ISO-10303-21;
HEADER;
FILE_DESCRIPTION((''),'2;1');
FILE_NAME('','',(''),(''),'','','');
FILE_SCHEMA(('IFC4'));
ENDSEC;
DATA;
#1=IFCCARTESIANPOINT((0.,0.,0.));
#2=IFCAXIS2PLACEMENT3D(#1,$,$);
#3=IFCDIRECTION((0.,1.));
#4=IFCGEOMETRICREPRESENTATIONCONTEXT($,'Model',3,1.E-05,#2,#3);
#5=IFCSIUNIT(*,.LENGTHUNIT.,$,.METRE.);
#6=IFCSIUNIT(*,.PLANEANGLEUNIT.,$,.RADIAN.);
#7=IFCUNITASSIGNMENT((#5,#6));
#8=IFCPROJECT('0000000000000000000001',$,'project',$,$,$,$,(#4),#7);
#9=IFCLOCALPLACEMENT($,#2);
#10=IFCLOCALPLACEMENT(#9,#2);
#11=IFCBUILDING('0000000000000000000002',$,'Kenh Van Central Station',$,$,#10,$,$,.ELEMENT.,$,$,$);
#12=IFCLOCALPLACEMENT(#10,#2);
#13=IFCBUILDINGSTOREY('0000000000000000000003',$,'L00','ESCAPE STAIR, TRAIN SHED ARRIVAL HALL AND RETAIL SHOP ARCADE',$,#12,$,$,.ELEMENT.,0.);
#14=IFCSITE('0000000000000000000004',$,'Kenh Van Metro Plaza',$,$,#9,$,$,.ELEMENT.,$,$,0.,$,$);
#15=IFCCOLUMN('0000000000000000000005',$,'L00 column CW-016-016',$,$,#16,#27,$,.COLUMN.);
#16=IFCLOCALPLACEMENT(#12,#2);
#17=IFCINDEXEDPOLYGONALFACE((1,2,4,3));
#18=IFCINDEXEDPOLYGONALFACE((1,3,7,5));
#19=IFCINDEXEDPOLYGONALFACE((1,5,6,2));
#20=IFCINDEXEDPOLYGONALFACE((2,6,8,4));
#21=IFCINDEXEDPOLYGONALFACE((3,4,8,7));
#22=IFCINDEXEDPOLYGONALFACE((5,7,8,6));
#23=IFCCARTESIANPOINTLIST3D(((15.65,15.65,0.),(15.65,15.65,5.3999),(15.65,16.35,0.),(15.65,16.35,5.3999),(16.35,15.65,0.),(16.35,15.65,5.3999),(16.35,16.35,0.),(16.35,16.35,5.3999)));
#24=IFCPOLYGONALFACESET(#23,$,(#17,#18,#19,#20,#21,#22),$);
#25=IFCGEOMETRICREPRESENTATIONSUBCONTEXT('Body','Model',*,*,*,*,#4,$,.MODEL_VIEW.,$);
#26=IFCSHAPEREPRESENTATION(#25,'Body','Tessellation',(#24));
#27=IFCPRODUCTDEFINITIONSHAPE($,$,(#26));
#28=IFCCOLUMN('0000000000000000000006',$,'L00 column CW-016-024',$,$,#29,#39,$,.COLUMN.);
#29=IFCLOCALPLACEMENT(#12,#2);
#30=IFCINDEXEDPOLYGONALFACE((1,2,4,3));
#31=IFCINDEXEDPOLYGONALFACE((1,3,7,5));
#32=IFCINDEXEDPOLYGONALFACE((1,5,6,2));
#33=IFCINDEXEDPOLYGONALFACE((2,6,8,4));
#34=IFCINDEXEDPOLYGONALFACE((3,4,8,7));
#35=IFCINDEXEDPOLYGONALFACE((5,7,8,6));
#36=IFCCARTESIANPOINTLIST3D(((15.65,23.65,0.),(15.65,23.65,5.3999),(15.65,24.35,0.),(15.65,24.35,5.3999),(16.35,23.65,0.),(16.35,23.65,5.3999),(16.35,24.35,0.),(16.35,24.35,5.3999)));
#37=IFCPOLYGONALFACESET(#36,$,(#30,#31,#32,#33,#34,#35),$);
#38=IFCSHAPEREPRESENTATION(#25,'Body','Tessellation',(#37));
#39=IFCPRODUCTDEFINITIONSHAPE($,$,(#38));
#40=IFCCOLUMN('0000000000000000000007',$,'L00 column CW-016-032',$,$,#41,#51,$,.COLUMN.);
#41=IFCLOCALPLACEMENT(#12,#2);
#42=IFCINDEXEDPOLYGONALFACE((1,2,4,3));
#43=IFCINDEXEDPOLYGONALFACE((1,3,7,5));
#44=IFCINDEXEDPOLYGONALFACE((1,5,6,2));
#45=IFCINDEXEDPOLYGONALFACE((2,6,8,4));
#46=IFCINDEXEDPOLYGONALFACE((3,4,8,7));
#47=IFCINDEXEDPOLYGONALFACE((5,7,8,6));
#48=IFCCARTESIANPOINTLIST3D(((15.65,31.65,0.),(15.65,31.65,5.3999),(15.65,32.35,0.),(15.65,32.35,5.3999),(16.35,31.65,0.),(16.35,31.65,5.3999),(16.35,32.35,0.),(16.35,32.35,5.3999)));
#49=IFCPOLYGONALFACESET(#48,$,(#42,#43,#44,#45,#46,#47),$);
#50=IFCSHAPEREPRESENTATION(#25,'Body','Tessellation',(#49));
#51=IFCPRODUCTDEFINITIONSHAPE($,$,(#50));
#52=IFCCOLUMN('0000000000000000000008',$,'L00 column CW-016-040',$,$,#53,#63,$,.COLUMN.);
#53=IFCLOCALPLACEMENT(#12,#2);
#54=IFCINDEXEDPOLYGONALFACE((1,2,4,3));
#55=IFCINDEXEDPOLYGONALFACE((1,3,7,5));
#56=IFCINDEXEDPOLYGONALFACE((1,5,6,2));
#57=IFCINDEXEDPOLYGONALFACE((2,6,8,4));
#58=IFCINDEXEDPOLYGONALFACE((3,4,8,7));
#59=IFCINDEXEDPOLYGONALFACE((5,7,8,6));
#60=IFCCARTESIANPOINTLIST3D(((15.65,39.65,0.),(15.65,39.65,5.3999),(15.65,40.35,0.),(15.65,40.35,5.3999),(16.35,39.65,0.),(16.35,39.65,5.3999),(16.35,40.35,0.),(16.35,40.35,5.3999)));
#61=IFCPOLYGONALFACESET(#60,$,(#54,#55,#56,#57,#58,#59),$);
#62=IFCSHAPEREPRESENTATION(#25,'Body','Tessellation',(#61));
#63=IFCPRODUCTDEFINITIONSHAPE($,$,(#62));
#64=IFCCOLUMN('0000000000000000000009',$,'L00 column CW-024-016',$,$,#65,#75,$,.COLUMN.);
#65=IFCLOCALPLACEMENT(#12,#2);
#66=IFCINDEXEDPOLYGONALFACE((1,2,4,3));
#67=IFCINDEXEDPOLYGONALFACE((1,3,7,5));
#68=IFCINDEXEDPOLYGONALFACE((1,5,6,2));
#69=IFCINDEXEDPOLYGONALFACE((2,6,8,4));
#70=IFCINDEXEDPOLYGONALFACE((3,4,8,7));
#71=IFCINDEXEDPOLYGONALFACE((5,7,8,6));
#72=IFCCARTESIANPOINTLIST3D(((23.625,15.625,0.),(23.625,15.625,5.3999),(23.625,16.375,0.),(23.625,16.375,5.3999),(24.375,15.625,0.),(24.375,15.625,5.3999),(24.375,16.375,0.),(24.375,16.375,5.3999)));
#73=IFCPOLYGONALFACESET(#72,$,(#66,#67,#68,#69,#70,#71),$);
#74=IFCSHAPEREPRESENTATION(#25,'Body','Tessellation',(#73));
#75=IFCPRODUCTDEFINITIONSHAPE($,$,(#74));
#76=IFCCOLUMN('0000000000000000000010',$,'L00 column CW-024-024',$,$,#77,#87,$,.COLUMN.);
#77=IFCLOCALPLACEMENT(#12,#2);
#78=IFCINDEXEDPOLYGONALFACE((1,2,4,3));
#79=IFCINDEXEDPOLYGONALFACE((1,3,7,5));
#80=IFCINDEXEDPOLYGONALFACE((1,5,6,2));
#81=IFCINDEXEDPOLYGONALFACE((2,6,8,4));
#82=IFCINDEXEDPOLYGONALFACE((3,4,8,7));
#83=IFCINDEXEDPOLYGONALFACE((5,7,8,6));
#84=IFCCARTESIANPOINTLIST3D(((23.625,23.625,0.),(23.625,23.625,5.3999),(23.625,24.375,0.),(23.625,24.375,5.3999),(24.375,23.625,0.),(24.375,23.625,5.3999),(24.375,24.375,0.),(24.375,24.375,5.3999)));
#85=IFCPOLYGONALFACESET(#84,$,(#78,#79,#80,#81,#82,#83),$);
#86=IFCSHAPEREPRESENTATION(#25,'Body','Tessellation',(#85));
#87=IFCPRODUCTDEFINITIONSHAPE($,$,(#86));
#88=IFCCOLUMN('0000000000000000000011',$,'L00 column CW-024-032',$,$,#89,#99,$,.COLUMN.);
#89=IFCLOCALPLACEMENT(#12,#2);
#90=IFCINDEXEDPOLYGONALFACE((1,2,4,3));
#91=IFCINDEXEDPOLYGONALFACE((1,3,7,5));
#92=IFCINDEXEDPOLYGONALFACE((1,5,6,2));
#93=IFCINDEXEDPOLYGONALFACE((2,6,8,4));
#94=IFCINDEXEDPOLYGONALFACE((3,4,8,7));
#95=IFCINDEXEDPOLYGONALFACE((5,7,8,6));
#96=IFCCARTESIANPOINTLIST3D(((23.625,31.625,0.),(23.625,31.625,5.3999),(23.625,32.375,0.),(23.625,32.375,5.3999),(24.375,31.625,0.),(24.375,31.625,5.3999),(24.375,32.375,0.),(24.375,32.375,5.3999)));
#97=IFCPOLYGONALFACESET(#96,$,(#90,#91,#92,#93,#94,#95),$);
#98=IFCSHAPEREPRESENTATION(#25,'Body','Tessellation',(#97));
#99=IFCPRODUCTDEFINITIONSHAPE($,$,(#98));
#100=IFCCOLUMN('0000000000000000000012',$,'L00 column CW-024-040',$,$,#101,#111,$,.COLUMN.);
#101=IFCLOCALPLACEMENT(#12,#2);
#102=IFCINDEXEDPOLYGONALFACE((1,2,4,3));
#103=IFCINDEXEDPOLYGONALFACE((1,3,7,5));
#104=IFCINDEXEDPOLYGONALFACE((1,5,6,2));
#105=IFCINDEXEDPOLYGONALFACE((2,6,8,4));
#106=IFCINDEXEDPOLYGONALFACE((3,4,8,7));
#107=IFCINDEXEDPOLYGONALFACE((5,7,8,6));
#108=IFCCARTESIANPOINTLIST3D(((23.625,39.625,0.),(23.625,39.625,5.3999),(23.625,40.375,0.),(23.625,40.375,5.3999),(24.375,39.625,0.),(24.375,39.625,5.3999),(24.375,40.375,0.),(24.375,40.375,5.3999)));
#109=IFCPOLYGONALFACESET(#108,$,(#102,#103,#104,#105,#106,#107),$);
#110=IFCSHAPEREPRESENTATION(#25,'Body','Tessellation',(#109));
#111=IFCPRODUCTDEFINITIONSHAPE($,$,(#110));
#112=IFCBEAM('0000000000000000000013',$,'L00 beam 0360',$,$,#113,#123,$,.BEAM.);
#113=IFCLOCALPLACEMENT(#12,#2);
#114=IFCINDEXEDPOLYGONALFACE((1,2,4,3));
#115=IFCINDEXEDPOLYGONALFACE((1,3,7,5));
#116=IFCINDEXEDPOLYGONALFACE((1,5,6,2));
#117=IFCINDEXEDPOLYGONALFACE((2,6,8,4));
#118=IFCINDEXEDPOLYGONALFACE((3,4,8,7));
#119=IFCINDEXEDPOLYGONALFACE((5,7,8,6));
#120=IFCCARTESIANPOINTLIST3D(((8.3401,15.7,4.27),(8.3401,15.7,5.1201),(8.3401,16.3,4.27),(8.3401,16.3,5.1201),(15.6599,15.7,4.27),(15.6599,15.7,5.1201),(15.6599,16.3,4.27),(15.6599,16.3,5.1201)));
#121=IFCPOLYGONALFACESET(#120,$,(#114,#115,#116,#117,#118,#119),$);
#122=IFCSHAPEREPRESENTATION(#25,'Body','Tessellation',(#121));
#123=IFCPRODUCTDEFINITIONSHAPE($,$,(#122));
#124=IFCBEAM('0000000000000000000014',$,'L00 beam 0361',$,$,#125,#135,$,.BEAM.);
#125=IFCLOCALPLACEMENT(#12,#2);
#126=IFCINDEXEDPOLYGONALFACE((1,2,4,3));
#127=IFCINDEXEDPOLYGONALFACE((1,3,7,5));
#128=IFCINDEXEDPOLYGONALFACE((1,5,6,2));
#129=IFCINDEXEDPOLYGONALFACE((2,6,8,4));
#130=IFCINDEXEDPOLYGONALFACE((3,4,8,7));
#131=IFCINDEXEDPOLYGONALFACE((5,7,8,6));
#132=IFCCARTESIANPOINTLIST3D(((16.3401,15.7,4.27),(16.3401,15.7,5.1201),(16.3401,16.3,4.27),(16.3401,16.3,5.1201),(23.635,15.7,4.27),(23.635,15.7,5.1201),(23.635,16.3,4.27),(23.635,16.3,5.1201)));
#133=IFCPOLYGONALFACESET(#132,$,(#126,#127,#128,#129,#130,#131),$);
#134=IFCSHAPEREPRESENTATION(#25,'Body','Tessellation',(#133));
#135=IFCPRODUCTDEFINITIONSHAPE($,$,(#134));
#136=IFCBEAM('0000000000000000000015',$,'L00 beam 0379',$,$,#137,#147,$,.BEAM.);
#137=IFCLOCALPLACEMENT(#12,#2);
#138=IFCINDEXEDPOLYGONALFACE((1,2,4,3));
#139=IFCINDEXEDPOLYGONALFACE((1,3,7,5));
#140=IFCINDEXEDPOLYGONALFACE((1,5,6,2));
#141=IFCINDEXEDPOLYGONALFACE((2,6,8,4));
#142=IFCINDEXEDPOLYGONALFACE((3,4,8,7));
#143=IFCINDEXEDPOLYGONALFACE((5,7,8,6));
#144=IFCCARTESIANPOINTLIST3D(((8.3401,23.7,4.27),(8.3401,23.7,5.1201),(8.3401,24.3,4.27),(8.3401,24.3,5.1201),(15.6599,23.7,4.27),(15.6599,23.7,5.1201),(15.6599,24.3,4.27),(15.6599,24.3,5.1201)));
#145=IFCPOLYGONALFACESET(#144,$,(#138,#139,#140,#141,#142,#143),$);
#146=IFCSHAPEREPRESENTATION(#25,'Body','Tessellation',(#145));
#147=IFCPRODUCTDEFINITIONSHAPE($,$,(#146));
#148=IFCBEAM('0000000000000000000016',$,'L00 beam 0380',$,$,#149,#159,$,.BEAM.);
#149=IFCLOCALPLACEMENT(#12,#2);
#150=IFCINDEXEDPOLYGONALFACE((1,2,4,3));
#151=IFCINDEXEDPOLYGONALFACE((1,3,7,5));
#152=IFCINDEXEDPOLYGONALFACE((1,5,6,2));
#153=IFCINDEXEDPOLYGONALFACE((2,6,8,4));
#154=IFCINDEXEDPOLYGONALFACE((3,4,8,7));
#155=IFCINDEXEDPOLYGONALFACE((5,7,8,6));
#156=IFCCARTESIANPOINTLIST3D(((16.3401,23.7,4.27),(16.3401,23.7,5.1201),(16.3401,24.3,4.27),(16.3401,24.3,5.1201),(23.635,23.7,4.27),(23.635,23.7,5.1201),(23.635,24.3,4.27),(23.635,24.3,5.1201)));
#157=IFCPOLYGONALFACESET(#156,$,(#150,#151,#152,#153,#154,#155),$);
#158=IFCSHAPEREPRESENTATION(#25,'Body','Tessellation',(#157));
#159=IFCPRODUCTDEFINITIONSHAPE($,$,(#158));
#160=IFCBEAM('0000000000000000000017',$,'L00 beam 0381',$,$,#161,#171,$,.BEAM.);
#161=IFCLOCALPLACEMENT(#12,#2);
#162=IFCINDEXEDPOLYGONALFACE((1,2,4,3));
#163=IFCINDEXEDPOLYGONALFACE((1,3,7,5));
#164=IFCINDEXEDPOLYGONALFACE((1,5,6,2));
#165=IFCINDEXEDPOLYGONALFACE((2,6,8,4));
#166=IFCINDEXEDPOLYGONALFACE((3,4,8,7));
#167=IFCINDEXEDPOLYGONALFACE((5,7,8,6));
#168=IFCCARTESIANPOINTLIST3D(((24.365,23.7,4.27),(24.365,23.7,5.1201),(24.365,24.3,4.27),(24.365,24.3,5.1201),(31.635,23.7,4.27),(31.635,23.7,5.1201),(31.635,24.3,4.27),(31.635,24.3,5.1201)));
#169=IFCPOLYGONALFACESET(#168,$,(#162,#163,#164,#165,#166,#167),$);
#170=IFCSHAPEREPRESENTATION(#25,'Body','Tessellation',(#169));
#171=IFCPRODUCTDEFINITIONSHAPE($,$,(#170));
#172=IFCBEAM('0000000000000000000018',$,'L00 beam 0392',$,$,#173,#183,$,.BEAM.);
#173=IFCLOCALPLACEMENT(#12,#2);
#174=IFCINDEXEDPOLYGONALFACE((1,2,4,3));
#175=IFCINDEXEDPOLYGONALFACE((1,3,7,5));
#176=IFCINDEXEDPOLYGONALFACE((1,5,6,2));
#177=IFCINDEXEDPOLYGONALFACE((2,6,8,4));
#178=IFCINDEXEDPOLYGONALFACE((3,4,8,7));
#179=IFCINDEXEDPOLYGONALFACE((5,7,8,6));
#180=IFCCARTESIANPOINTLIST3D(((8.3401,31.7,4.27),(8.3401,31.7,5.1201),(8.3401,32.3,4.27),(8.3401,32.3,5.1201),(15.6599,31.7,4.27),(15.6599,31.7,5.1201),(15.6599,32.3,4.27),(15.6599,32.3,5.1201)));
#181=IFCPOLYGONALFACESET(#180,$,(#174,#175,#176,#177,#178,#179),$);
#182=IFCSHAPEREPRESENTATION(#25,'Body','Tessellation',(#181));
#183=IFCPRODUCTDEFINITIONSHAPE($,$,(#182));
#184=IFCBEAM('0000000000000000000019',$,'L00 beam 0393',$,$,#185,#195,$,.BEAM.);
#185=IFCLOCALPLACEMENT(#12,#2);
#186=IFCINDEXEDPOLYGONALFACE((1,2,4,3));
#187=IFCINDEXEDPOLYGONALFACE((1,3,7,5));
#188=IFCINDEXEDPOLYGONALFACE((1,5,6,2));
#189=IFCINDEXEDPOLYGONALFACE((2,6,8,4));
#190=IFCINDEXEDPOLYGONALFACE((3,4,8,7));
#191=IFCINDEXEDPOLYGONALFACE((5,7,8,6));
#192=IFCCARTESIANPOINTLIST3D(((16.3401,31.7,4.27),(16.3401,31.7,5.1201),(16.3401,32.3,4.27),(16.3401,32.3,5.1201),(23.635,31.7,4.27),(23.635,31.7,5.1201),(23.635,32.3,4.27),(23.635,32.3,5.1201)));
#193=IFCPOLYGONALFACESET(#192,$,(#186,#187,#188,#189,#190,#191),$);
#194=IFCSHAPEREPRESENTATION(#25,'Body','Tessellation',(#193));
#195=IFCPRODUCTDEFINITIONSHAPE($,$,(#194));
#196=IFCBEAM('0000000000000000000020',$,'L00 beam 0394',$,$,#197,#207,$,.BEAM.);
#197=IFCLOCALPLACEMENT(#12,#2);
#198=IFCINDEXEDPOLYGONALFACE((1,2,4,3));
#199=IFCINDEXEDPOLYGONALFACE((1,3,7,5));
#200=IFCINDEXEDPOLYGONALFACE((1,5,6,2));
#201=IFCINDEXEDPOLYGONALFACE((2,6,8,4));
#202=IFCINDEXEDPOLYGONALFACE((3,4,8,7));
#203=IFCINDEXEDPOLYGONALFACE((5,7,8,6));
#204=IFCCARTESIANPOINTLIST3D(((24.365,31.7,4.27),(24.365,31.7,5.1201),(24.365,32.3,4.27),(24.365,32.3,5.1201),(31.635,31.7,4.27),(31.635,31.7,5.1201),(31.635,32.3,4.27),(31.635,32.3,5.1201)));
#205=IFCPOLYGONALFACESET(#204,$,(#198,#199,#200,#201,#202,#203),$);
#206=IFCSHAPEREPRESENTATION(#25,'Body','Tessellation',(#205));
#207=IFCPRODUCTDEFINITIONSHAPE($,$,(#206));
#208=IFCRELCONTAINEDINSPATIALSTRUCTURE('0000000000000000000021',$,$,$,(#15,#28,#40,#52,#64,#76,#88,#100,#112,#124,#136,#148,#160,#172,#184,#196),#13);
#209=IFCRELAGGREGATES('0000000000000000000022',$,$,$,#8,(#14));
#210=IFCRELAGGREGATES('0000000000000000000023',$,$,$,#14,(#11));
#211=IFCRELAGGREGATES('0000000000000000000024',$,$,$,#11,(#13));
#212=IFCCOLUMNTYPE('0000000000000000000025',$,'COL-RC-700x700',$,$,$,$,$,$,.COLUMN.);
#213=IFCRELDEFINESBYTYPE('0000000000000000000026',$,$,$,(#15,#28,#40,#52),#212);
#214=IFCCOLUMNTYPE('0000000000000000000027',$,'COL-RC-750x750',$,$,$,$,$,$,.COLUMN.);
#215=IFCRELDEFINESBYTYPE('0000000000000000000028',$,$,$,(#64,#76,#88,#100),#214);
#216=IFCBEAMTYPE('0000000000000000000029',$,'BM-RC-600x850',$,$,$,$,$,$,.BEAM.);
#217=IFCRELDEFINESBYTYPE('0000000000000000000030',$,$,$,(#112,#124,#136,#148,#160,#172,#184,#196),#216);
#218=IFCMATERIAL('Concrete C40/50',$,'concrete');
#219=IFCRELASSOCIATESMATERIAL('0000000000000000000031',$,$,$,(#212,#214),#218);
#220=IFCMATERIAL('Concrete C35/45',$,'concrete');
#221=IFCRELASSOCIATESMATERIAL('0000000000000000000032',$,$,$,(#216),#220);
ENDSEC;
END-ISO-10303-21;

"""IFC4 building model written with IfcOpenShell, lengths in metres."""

from ifc_helpers import new_model, si_unit, direction, frame, origin, origin_2d, place, context, subcontext, project, spatial, rectangle, extrude, material, material_profile, profile_set, type_object, element, save


model = new_model("IFC4")

# Units and contexts
model_context = context("Model", 3, precision=1e-05, world=origin(), true_north=direction((0.0, 1.0)))
body_context = subcontext(model_context, "Body", "Model", "MODEL_VIEW")
ifc_project = project(units=[si_unit("LENGTHUNIT", "METRE"), si_unit("PLANEANGLEUNIT", "RADIAN")], contexts=[model_context])

# Site, building, storey
site_placement = place(None, origin())
site = spatial("IfcSite", under=ifc_project, at=site_placement, Name="Kenh Van Metro Plaza", CompositionType="ELEMENT", RefElevation=0.0)
building_placement = place(site_placement, origin())
building = spatial("IfcBuilding", under=site, at=building_placement, Name="Kenh Van Central Station", CompositionType="ELEMENT")
storey_placement = place(building_placement, origin())
storey = spatial("IfcBuildingStorey", under=building, at=storey_placement, Name="L00", Description="ESCAPE STAIR, TRAIN SHED ARRIVAL HALL AND RETAIL SHOP ARCADE", CompositionType="ELEMENT", Elevation=0.0)

# Columns
ifc_material_1 = material(Name="Concrete C40/50", Category="concrete")
ifc_material_profile_1 = material_profile(ifc_material_1, rectangle(XDim=0.7, YDim=0.7, at=origin_2d()), Name="RC 700x700")
ifc_profile_set_1 = profile_set([ifc_material_profile_1], Name="Concrete C40/50")
column_type_1 = type_object("IfcColumnType", Name="COL-RC-700x700", PredefinedType="COLUMN", material=ifc_profile_set_1)
for number, where, z_axis, x_axis, name in (
    (1, (16.0, 16.0, 0.0), (0.0, 0.0, 1.0), (1.0, 0.0, 0.0), "L00 column CW-016-016"),
    (2, (16.0, 24.0, 0.0), (0.0, 0.0, 1.0), (1.0, 0.0, 0.0), "L00 column CW-016-024"),
    (3, (16.0, 32.0, 0.0), (0.0, 0.0, 1.0), (1.0, 0.0, 0.0), "L00 column CW-016-032"),
    (4, (16.0, 40.0, 0.0), (0.0, 0.0, 1.0), (1.0, 0.0, 0.0), "L00 column CW-016-040"),
):
    element("IfcColumn", number, at=place(storey_placement, frame(where, z_axis=z_axis, x_axis=x_axis)), inside=storey, type_object=column_type_1, Name=name, PredefinedType="COLUMN", context=body_context, shape_type="SweptSolid", body=[
        extrude(rectangle(XDim=0.7, YDim=0.7, at=origin_2d()), origin(), (0.0, 0.0, 1.0), 5.3999),
    ])
ifc_material_profile_2 = material_profile(ifc_material_1, rectangle(XDim=0.75, YDim=0.75, at=origin_2d()), Name="RC 750x750")
ifc_profile_set_2 = profile_set([ifc_material_profile_2], Name="Concrete C40/50")
column_type_2 = type_object("IfcColumnType", Name="COL-RC-750x750", PredefinedType="COLUMN", material=ifc_profile_set_2)
for number, where, z_axis, x_axis, name in (
    (5, (24.0, 16.0, 0.0), (0.0, 0.0, 1.0), (1.0, 0.0, 0.0), "L00 column CW-024-016"),
    (6, (24.0, 24.0, 0.0), (0.0, 0.0, 1.0), (1.0, 0.0, 0.0), "L00 column CW-024-024"),
    (7, (24.0, 32.0, 0.0), (0.0, 0.0, 1.0), (1.0, 0.0, 0.0), "L00 column CW-024-032"),
    (8, (24.0, 40.0, 0.0), (0.0, 0.0, 1.0), (1.0, 0.0, 0.0), "L00 column CW-024-040"),
):
    element("IfcColumn", number, at=place(storey_placement, frame(where, z_axis=z_axis, x_axis=x_axis)), inside=storey, type_object=column_type_2, Name=name, PredefinedType="COLUMN", context=body_context, shape_type="SweptSolid", body=[
        extrude(rectangle(XDim=0.75, YDim=0.75, at=origin_2d()), origin(), (0.0, 0.0, 1.0), 5.3999),
    ])

# Beams
ifc_material_2 = material(Name="Concrete C35/45", Category="concrete")
ifc_material_profile_3 = material_profile(ifc_material_2, rectangle(XDim=0.6001, YDim=0.8501, at=origin_2d()), Name="RC 600x850")
ifc_profile_set_3 = profile_set([ifc_material_profile_3], Name="Concrete C35/45")
beam_type_1 = type_object("IfcBeamType", Name="BM-RC-600x850", PredefinedType="BEAM", material=ifc_profile_set_3)
beam_1_placement = place(storey_placement, frame((8.3401, 16.0, 4.6951), z_axis=(1.0, 0.0, 0.0), x_axis=(0.0, 1.0, 0.0)))
element("IfcBeam", 9, at=beam_1_placement, inside=storey, type_object=beam_type_1, Name="L00 beam 0360", PredefinedType="BEAM", context=body_context, shape_type="SweptSolid", body=[
    extrude(rectangle(XDim=0.6001, YDim=0.8501, at=origin_2d()), origin(), (0.0, 0.0, 1.0), 7.3198),
])
beam_2_placement = place(storey_placement, frame((16.3401, 16.0, 4.6951), z_axis=(1.0, 0.0, 0.0), x_axis=(0.0, 1.0, 0.0)))
element("IfcBeam", 10, at=beam_2_placement, inside=storey, type_object=beam_type_1, Name="L00 beam 0361", PredefinedType="BEAM", context=body_context, shape_type="SweptSolid", body=[
    extrude(rectangle(XDim=0.6001, YDim=0.8501, at=origin_2d()), origin(), (0.0, 0.0, 1.0), 7.2949),
])
beam_3_placement = place(storey_placement, frame((8.3401, 24.0, 4.6951), z_axis=(1.0, 0.0, 0.0), x_axis=(0.0, 1.0, 0.0)))
element("IfcBeam", 11, at=beam_3_placement, inside=storey, type_object=beam_type_1, Name="L00 beam 0379", PredefinedType="BEAM", context=body_context, shape_type="SweptSolid", body=[
    extrude(rectangle(XDim=0.6001, YDim=0.8501, at=origin_2d()), origin(), (0.0, 0.0, 1.0), 7.3198),
])
beam_4_placement = place(storey_placement, frame((16.3401, 24.0, 4.6951), z_axis=(1.0, 0.0, 0.0), x_axis=(0.0, 1.0, 0.0)))
element("IfcBeam", 12, at=beam_4_placement, inside=storey, type_object=beam_type_1, Name="L00 beam 0380", PredefinedType="BEAM", context=body_context, shape_type="SweptSolid", body=[
    extrude(rectangle(XDim=0.6001, YDim=0.8501, at=origin_2d()), origin(), (0.0, 0.0, 1.0), 7.2949),
])
beam_5_placement = place(storey_placement, frame((24.365, 24.0, 4.6951), z_axis=(1.0, 0.0, 0.0), x_axis=(0.0, 1.0, 0.0)))
element("IfcBeam", 13, at=beam_5_placement, inside=storey, type_object=beam_type_1, Name="L00 beam 0381", PredefinedType="BEAM", context=body_context, shape_type="SweptSolid", body=[
    extrude(rectangle(XDim=0.6001, YDim=0.8501, at=origin_2d()), origin(), (0.0, 0.0, 1.0), 7.27),
])
beam_6_placement = place(storey_placement, frame((8.3401, 32.0, 4.6951), z_axis=(1.0, 0.0, 0.0), x_axis=(0.0, 1.0, 0.0)))
element("IfcBeam", 14, at=beam_6_placement, inside=storey, type_object=beam_type_1, Name="L00 beam 0392", PredefinedType="BEAM", context=body_context, shape_type="SweptSolid", body=[
    extrude(rectangle(XDim=0.6001, YDim=0.8501, at=origin_2d()), origin(), (0.0, 0.0, 1.0), 7.3198),
])
beam_7_placement = place(storey_placement, frame((16.3401, 32.0, 4.6951), z_axis=(1.0, 0.0, 0.0), x_axis=(0.0, 1.0, 0.0)))
element("IfcBeam", 15, at=beam_7_placement, inside=storey, type_object=beam_type_1, Name="L00 beam 0393", PredefinedType="BEAM", context=body_context, shape_type="SweptSolid", body=[
    extrude(rectangle(XDim=0.6001, YDim=0.8501, at=origin_2d()), origin(), (0.0, 0.0, 1.0), 7.2949),
])
beam_8_placement = place(storey_placement, frame((24.365, 32.0, 4.6951), z_axis=(1.0, 0.0, 0.0), x_axis=(0.0, 1.0, 0.0)))
element("IfcBeam", 16, at=beam_8_placement, inside=storey, type_object=beam_type_1, Name="L00 beam 0394", PredefinedType="BEAM", context=body_context, shape_type="SweptSolid", body=[
    extrude(rectangle(XDim=0.6001, YDim=0.8501, at=origin_2d()), origin(), (0.0, 0.0, 1.0), 7.27),
])

save(model, "model.ifc")
